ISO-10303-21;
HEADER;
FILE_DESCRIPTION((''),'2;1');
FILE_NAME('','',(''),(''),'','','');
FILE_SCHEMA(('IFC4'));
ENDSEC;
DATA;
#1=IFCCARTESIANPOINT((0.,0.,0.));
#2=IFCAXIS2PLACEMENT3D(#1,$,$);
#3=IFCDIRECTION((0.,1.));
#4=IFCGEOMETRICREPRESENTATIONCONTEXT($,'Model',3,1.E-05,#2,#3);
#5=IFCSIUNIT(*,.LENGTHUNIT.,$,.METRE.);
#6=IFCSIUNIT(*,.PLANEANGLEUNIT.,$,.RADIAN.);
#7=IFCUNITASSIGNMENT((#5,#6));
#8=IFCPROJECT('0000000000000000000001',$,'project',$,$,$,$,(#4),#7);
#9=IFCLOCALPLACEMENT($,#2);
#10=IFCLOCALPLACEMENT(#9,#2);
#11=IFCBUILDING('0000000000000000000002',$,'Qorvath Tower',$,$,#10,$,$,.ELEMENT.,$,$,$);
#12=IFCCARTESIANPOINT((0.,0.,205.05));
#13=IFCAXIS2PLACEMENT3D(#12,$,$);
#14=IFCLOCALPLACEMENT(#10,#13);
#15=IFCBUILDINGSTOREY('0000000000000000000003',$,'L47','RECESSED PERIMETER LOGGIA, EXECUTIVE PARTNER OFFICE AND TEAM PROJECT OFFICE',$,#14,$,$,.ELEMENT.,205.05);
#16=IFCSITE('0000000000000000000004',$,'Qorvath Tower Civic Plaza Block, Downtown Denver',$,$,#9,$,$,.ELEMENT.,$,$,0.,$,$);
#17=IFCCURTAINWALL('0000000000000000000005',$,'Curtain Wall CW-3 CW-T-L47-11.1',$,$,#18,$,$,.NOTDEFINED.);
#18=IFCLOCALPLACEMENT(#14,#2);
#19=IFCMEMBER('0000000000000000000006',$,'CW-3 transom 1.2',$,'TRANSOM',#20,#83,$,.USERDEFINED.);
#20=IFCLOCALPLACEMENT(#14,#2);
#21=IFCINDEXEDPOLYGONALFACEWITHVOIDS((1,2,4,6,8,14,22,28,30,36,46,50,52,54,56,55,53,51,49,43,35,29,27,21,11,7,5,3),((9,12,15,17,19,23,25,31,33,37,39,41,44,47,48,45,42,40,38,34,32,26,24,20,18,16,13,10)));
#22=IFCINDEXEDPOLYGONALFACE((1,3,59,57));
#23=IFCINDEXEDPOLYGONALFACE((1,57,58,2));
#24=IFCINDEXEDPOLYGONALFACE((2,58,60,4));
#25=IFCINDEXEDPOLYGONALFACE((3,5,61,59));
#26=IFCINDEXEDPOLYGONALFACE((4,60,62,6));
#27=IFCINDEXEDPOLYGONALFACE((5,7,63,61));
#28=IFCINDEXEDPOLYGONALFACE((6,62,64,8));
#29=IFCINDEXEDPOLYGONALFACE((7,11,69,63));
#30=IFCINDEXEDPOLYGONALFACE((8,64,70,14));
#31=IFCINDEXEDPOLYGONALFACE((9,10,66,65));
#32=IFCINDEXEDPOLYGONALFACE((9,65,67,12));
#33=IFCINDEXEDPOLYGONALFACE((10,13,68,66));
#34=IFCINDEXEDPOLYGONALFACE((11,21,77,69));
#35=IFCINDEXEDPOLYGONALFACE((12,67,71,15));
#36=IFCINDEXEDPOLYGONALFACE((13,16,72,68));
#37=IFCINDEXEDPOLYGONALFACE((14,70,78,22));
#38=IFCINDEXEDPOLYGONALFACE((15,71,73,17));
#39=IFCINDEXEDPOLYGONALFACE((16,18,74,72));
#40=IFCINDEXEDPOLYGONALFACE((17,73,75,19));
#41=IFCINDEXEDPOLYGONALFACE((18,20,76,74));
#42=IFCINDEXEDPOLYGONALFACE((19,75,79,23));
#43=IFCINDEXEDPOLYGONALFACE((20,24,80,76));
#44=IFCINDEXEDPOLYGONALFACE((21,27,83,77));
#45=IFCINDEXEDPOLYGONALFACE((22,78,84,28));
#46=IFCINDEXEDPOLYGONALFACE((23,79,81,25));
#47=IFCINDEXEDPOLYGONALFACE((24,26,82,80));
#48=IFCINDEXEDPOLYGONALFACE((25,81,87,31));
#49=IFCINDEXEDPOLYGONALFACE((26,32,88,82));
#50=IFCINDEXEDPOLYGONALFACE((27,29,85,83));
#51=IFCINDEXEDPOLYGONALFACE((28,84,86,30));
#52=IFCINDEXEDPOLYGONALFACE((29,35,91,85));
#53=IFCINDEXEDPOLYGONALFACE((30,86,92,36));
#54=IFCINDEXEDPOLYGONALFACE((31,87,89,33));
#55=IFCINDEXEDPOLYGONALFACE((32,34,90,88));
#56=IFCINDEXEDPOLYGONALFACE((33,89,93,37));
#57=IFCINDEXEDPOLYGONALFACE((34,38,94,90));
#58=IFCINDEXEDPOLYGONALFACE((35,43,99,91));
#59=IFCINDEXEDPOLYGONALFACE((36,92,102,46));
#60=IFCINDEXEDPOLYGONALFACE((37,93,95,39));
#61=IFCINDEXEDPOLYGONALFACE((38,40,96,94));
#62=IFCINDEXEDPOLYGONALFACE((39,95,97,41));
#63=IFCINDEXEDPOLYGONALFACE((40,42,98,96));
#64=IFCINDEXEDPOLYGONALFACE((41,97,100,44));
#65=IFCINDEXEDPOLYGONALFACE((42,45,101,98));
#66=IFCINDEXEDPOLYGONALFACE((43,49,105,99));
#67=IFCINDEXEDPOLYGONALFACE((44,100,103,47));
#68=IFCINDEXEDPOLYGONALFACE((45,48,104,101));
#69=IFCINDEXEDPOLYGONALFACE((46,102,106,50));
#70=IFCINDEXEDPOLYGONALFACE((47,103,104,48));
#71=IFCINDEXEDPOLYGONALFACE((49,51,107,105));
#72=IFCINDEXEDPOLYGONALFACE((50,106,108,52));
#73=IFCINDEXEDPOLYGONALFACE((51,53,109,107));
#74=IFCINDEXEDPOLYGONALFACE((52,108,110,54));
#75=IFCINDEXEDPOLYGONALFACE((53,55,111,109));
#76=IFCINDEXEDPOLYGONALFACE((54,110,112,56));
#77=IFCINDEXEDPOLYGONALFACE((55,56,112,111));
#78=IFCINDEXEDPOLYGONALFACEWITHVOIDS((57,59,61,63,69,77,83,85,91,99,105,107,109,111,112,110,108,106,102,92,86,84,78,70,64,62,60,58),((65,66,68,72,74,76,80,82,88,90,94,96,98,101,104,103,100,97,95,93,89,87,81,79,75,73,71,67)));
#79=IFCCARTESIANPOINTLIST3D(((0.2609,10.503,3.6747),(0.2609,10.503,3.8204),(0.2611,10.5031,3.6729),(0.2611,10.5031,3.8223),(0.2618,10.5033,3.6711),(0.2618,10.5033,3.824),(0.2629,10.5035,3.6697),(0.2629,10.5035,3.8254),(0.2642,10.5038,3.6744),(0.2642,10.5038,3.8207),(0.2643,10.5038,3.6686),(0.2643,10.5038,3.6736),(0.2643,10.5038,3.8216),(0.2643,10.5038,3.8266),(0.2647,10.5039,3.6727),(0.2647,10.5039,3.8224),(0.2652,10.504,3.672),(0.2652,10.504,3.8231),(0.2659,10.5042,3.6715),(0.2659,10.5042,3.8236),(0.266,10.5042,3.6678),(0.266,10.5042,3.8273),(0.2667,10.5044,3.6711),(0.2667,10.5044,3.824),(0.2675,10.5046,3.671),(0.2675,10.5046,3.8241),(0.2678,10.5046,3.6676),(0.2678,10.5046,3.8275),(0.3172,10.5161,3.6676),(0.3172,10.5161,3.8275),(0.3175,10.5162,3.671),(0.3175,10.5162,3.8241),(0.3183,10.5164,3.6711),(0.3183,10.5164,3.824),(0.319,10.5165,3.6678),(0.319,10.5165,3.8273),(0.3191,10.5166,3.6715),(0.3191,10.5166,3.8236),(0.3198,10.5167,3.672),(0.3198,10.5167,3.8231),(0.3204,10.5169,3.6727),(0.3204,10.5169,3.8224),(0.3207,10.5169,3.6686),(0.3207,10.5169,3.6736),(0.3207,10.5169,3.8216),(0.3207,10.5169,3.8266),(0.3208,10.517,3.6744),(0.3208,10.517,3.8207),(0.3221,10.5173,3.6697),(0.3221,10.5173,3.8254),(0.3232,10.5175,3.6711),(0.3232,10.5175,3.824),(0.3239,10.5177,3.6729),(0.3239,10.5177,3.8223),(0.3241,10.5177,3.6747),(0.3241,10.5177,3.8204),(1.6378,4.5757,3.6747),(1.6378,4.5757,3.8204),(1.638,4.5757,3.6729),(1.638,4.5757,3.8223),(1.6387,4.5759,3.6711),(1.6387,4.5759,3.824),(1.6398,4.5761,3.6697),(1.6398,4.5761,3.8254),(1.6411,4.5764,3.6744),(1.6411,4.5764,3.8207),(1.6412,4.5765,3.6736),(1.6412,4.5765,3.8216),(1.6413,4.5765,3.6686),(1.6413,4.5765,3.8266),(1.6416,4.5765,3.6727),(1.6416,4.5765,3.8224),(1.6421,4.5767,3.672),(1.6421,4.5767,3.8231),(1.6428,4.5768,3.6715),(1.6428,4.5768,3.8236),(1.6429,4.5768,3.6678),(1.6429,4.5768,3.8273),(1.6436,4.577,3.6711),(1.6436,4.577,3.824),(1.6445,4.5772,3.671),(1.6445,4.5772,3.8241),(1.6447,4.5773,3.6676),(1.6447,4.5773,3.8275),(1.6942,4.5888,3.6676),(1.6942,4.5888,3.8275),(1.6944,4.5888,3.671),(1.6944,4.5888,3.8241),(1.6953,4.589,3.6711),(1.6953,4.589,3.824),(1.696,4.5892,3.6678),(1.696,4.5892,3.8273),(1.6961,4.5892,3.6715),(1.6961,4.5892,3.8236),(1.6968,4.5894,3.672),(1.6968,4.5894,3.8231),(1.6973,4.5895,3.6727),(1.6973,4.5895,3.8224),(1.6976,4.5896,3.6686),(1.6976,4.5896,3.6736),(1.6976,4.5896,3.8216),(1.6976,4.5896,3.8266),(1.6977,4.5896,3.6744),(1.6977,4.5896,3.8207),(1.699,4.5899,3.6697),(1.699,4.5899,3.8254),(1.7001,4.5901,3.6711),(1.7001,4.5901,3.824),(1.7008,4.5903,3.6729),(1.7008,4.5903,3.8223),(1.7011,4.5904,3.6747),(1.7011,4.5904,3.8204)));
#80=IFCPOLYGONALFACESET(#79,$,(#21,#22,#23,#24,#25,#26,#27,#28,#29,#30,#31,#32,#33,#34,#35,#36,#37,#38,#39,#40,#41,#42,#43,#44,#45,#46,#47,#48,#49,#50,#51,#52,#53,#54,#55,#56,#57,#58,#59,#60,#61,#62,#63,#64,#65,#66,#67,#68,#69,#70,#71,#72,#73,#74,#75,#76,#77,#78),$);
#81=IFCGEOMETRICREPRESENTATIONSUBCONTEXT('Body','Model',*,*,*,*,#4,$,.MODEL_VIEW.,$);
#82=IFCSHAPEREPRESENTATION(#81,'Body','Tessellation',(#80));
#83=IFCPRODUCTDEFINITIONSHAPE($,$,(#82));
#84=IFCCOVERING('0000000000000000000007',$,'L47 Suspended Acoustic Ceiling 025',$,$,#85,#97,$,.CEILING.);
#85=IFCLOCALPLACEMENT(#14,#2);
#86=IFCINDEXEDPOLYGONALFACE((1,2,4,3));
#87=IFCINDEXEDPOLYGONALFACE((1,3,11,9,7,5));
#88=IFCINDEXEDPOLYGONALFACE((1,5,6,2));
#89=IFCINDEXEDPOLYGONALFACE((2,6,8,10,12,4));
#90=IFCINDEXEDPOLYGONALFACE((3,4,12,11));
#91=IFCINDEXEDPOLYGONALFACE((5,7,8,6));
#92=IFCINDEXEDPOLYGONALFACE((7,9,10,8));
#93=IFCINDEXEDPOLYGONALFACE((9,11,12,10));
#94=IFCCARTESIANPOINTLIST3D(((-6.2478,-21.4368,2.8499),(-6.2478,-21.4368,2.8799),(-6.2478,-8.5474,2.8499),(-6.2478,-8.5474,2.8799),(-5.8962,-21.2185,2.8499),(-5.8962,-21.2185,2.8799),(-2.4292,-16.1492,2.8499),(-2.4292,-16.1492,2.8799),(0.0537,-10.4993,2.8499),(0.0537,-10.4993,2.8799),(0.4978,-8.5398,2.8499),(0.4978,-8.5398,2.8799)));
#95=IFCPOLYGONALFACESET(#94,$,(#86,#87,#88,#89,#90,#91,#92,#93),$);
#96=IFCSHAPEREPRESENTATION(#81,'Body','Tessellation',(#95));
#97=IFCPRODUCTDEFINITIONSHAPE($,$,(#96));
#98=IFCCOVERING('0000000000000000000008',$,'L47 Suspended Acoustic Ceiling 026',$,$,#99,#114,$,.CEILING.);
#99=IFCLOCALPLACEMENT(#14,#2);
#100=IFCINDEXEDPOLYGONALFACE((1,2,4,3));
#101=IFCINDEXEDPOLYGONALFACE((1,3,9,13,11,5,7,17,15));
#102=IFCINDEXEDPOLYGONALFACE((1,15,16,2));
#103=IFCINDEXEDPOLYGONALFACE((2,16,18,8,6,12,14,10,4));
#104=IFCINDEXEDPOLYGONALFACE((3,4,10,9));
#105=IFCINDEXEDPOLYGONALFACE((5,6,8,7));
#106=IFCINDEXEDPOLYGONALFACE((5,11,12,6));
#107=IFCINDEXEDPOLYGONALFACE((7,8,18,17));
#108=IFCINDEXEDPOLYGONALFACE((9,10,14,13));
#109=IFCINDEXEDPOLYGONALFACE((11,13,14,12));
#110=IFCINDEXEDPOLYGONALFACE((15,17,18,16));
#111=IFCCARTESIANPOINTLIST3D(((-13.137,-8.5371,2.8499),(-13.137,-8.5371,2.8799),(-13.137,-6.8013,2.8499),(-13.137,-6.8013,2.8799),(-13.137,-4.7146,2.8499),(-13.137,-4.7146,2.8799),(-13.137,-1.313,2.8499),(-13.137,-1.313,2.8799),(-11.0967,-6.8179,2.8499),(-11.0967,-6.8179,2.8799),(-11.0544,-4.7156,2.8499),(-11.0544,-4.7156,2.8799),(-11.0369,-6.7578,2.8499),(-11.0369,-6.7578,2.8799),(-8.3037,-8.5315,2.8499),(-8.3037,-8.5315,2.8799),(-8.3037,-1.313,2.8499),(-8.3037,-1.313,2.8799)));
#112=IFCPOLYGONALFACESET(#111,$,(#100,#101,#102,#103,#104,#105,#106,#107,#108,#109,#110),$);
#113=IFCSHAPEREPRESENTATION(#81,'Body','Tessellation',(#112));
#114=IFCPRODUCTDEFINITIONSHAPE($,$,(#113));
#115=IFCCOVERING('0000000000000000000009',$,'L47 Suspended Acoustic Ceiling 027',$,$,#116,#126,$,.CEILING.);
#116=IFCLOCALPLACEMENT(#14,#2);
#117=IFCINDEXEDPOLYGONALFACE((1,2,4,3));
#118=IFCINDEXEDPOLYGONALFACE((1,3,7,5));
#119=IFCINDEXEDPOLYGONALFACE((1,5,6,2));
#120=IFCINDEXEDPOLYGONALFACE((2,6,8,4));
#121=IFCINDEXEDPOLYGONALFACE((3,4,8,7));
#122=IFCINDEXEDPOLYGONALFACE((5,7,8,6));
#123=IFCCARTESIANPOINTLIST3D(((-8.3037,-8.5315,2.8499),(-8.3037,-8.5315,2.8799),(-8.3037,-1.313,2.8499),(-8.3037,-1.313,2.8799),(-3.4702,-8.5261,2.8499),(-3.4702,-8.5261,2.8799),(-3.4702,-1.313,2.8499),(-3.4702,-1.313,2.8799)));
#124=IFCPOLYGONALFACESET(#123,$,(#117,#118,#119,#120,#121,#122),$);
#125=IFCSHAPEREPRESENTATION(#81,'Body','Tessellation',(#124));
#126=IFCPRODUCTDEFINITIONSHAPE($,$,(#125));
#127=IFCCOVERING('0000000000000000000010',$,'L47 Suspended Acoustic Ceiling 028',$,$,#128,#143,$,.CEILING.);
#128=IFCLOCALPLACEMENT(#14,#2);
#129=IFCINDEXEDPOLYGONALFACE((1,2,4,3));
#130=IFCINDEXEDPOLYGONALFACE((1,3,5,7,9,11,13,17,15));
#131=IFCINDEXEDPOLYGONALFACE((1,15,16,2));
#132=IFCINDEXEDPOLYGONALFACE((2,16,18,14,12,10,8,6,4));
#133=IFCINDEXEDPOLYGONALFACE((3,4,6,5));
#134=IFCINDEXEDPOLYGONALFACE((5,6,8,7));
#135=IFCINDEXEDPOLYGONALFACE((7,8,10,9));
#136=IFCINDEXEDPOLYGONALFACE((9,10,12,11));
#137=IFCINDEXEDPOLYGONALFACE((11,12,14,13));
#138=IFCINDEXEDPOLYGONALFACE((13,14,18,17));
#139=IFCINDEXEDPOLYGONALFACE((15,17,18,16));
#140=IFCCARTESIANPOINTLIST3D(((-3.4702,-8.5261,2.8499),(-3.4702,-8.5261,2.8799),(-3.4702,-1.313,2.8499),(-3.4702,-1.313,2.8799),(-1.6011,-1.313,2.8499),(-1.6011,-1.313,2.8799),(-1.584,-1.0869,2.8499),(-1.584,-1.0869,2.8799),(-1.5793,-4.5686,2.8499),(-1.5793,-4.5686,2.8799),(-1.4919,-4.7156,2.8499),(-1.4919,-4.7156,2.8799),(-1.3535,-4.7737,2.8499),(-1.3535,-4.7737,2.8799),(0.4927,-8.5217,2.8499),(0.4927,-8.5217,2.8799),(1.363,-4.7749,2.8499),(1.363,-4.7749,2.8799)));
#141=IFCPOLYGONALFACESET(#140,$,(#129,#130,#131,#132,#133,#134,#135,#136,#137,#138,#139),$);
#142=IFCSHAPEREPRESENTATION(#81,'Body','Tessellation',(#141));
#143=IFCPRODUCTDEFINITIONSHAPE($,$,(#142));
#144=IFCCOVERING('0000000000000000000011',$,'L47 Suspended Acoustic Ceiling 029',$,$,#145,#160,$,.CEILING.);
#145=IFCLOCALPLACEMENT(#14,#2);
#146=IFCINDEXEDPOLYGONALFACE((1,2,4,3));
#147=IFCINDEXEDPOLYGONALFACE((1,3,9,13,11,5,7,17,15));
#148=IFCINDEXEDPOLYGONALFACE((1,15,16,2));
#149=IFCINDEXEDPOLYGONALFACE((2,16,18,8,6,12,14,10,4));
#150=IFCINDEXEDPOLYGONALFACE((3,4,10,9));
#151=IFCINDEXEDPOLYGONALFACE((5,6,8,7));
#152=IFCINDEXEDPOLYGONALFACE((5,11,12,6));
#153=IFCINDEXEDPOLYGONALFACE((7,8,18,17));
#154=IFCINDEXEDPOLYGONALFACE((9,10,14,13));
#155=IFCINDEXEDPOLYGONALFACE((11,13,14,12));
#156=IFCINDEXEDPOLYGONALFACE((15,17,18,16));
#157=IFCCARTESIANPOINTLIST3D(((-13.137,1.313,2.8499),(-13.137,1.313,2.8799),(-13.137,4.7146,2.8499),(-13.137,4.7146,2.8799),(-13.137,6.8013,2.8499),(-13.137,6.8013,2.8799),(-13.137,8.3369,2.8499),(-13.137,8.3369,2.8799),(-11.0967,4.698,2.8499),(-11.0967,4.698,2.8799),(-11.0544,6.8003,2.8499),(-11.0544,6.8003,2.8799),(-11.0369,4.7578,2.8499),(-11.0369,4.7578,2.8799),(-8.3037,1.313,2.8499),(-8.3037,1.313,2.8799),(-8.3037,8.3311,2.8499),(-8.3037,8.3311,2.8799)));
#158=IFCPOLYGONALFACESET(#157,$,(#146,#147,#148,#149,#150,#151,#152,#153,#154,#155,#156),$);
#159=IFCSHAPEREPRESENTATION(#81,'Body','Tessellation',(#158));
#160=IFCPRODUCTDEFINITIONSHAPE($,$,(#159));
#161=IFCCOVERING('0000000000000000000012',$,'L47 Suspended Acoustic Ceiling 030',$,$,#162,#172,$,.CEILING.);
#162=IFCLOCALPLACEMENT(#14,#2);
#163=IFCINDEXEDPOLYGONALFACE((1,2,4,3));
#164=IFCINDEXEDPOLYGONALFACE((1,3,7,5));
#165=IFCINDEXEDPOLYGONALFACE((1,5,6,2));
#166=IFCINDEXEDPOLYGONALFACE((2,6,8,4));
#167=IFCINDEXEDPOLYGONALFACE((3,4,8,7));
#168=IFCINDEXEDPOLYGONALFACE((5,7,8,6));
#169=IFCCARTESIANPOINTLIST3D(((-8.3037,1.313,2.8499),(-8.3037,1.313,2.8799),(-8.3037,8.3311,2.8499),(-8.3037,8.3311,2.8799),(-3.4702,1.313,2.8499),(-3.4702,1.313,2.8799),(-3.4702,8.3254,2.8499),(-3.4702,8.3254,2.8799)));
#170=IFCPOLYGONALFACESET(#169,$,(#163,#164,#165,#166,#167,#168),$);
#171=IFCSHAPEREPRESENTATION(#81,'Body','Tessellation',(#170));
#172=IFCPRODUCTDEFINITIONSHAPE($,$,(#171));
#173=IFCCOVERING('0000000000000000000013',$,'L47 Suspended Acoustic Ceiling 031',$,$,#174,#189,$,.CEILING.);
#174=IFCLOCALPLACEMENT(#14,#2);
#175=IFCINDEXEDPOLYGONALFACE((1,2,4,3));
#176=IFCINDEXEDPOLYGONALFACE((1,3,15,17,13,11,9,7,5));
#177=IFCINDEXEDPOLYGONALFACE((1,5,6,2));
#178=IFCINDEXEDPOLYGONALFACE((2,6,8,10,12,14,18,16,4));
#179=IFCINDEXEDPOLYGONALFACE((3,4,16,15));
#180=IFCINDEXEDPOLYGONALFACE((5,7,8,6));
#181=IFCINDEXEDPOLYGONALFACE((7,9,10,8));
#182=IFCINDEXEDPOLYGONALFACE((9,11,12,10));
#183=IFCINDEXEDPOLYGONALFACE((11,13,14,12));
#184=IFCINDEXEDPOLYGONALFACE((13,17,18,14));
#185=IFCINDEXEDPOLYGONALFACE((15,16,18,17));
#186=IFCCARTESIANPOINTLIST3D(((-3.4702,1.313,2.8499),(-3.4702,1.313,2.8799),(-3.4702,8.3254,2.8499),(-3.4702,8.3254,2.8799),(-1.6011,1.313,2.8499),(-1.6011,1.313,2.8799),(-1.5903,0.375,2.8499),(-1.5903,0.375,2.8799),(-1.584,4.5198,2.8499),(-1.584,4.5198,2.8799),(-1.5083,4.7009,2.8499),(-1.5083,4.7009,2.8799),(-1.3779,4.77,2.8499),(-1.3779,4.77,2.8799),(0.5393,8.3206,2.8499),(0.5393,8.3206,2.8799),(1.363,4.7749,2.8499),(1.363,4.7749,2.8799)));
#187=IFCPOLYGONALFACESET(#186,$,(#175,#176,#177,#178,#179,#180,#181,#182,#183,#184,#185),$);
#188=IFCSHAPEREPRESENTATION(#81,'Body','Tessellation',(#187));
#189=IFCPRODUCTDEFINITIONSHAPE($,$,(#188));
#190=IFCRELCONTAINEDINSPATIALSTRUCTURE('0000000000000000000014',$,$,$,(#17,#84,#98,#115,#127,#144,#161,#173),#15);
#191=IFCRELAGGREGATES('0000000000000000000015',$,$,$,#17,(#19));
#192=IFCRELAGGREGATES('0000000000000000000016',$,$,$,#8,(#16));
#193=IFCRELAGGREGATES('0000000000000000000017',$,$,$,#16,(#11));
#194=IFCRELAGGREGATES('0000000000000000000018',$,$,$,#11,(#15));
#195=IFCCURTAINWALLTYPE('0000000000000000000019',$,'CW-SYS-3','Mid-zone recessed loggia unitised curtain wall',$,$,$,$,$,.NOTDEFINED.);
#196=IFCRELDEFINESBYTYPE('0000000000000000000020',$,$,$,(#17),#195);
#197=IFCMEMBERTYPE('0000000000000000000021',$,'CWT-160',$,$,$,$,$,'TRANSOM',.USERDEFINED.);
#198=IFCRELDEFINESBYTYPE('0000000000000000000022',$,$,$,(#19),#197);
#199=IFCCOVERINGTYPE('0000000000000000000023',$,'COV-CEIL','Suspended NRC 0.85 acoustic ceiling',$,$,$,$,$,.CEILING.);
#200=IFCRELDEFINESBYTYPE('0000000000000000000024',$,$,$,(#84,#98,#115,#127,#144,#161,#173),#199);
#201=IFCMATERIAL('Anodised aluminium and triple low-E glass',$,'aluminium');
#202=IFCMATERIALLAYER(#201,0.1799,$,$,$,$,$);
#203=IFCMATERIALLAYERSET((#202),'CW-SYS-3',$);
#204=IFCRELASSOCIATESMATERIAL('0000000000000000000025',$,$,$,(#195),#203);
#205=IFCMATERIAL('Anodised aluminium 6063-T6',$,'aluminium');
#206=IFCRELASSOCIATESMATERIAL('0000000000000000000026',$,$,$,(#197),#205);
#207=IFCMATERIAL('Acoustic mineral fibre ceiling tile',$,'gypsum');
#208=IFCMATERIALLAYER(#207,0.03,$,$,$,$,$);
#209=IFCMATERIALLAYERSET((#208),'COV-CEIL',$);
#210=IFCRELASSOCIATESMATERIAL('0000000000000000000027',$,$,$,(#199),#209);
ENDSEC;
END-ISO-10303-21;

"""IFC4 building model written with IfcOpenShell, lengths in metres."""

from ifc_helpers import new_model, si_unit, direction, frame, origin, origin_2d, place, context, subcontext, project, spatial, polyline, hollow_rectangle, outline, extrude, material, layer, layer_set, material_profile, profile_set, type_object, element, aggregate, save


model = new_model("IFC4")

# Units and contexts
model_context = context("Model", 3, precision=1e-05, world=origin(), true_north=direction((0.0, 1.0)))
body_context = subcontext(model_context, "Body", "Model", "MODEL_VIEW")
ifc_project = project(units=[si_unit("LENGTHUNIT", "METRE"), si_unit("PLANEANGLEUNIT", "RADIAN")], contexts=[model_context])

# Site, building, storey
site_placement = place(None, origin())
site = spatial("IfcSite", under=ifc_project, at=site_placement, Name="Qorvath Tower Civic Plaza Block, Downtown Denver", CompositionType="ELEMENT", RefElevation=0.0)
building_placement = place(site_placement, origin())
building = spatial("IfcBuilding", under=site, at=building_placement, Name="Qorvath Tower", CompositionType="ELEMENT")
storey_placement = place(building_placement, frame((0.0, 0.0, 205.05)))
storey = spatial("IfcBuildingStorey", under=building, at=storey_placement, Name="L47", Description="RECESSED PERIMETER LOGGIA, EXECUTIVE PARTNER OFFICE AND TEAM PROJECT OFFICE", CompositionType="ELEMENT", Elevation=205.05)

# Curtain wall, member
ifc_material_1 = material(Name="Anodised aluminium and triple low-E glass", Category="aluminium")
ifc_layer_1 = layer(ifc_material_1, 0.1799)
ifc_layer_set_1 = layer_set([ifc_layer_1], Name="CW-SYS-3")
curtain_wall_type = type_object("IfcCurtainWallType", Name="CW-SYS-3", Description="Mid-zone recessed loggia unitised curtain wall", PredefinedType="NOTDEFINED", material=ifc_layer_set_1)
curtain_wall_placement = place(storey_placement, origin())
curtain_wall = element("IfcCurtainWall", 1, at=curtain_wall_placement, inside=storey, type_object=curtain_wall_type, Name="Curtain Wall CW-3 CW-T-L47-11.1", PredefinedType="NOTDEFINED")
ifc_material_2 = material(Name="Anodised aluminium 6063-T6", Category="aluminium")
ifc_material_profile_1 = material_profile(ifc_material_2, hollow_rectangle(XDim=0.0649, YDim=0.1599, WallThickness=0.0034, InnerFilletRadius=0.0034, OuterFilletRadius=0.0071, at=origin_2d()), Name="CWT 160x65")
ifc_profile_set_1 = profile_set([ifc_material_profile_1], Name="Anodised aluminium 6063-T6")
member_type_1 = type_object("IfcMemberType", Name="CWT-160", ElementType="TRANSOM", PredefinedType="USERDEFINED", material=ifc_profile_set_1)
member_1_placement = place(storey_placement, frame((1.6694, 4.583, 3.7476), z_axis=(-0.226274, 0.974064, 0.0), x_axis=(-0.974064, -0.226274, 0.0)))
member_1 = element("IfcMember", 2, at=member_1_placement, type_object=member_type_1, Name="CW-3 transom 1.2", ObjectType="TRANSOM", PredefinedType="USERDEFINED", context=body_context, shape_type="SweptSolid", body=[
    extrude(hollow_rectangle(XDim=0.0649, YDim=0.1599, WallThickness=0.0034, InnerFilletRadius=0.0034, OuterFilletRadius=0.0071, at=origin_2d()), origin(), (0.0, 0.0, 1.0), 6.0852),
])
aggregate(curtain_wall, [member_1])

# Coverings
ifc_material_3 = material(Name="Acoustic mineral fibre ceiling tile", Category="gypsum")
ifc_layer_2 = layer(ifc_material_3, 0.03)
ifc_layer_set_2 = layer_set([ifc_layer_2], Name="COV-CEIL")
covering_type_1 = type_object("IfcCoveringType", Name="COV-CEIL", Description="Suspended NRC 0.85 acoustic ceiling", PredefinedType="CEILING", material=ifc_layer_set_2)
covering_1_placement = place(storey_placement, frame((0.0, 0.0, 2.8499)))
element("IfcCovering", 3, at=covering_1_placement, inside=storey, type_object=covering_type_1, Name="L47 Suspended Acoustic Ceiling 025", PredefinedType="CEILING", context=body_context, shape_type="SweptSolid", body=[
    extrude(outline(polyline([(-6.2478, -8.5474), (-6.2478, -21.4368), (-5.8962, -21.2185), (-2.4292, -16.1492), (0.0537, -10.4993), (0.4978, -8.5398), (-6.2478, -8.5474)])), origin(), (0.0, 0.0, 1.0), 0.03),
])
covering_2_placement = place(storey_placement, frame((0.0, 0.0, 2.8499)))
element("IfcCovering", 4, at=covering_2_placement, inside=storey, type_object=covering_type_1, Name="L47 Suspended Acoustic Ceiling 026", PredefinedType="CEILING", context=body_context, shape_type="SweptSolid", body=[
    extrude(outline(polyline([(-8.3037, -8.5315), (-8.3037, -1.313), (-13.137, -1.313), (-13.137, -4.7146), (-11.0544, -4.7156), (-11.0369, -6.7578), (-11.0967, -6.8179), (-13.137, -6.8013), (-13.137, -8.5371), (-8.3037, -8.5315)])), origin(), (0.0, 0.0, 1.0), 0.03),
])
covering_3_placement = place(storey_placement, frame((0.0, 0.0, 2.8499)))
element("IfcCovering", 5, at=covering_3_placement, inside=storey, type_object=covering_type_1, Name="L47 Suspended Acoustic Ceiling 027", PredefinedType="CEILING", context=body_context, shape_type="SweptSolid", body=[
    extrude(outline(polyline([(-3.4702, -8.5261), (-3.4702, -1.313), (-8.3037, -1.313), (-8.3037, -8.5315), (-3.4702, -8.5261)])), origin(), (0.0, 0.0, 1.0), 0.03),
])
covering_4_placement = place(storey_placement, frame((0.0, 0.0, 2.8499)))
element("IfcCovering", 6, at=covering_4_placement, inside=storey, type_object=covering_type_1, Name="L47 Suspended Acoustic Ceiling 028", PredefinedType="CEILING", context=body_context, shape_type="SweptSolid", body=[
    extrude(outline(polyline([(-1.4919, -4.7156), (-1.5793, -4.5686), (-1.584, -1.0869), (-1.6011, -1.313), (-3.4702, -1.313), (-3.4702, -8.5261), (0.4927, -8.5217), (1.363, -4.7749), (-1.3535, -4.7737), (-1.4919, -4.7156)])), origin(), (0.0, 0.0, 1.0), 0.03),
])
covering_5_placement = place(storey_placement, frame((0.0, 0.0, 2.8499)))
element("IfcCovering", 7, at=covering_5_placement, inside=storey, type_object=covering_type_1, Name="L47 Suspended Acoustic Ceiling 029", PredefinedType="CEILING", context=body_context, shape_type="SweptSolid", body=[
    extrude(outline(polyline([(-8.3037, 1.313), (-8.3037, 8.3311), (-13.137, 8.3369), (-13.137, 6.8013), (-11.0544, 6.8003), (-11.0369, 4.7578), (-11.0967, 4.698), (-13.137, 4.7146), (-13.137, 1.313), (-8.3037, 1.313)])), origin(), (0.0, 0.0, 1.0), 0.03),
])
covering_6_placement = place(storey_placement, frame((0.0, 0.0, 2.8499)))
element("IfcCovering", 8, at=covering_6_placement, inside=storey, type_object=covering_type_1, Name="L47 Suspended Acoustic Ceiling 030", PredefinedType="CEILING", context=body_context, shape_type="SweptSolid", body=[
    extrude(outline(polyline([(-3.4702, 1.313), (-3.4702, 8.3254), (-8.3037, 8.3311), (-8.3037, 1.313), (-3.4702, 1.313)])), origin(), (0.0, 0.0, 1.0), 0.03),
])
covering_7_placement = place(storey_placement, frame((0.0, 0.0, 2.8499)))
element("IfcCovering", 9, at=covering_7_placement, inside=storey, type_object=covering_type_1, Name="L47 Suspended Acoustic Ceiling 031", PredefinedType="CEILING", context=body_context, shape_type="SweptSolid", body=[
    extrude(outline(polyline([(-1.5083, 4.7009), (-1.3779, 4.77), (1.363, 4.7749), (0.5393, 8.3206), (-3.4702, 8.3254), (-3.4702, 1.313), (-1.6011, 1.313), (-1.5903, 0.375), (-1.584, 4.5198), (-1.5083, 4.7009)])), origin(), (0.0, 0.0, 1.0), 0.03),
])

save(model, "model.ifc")
